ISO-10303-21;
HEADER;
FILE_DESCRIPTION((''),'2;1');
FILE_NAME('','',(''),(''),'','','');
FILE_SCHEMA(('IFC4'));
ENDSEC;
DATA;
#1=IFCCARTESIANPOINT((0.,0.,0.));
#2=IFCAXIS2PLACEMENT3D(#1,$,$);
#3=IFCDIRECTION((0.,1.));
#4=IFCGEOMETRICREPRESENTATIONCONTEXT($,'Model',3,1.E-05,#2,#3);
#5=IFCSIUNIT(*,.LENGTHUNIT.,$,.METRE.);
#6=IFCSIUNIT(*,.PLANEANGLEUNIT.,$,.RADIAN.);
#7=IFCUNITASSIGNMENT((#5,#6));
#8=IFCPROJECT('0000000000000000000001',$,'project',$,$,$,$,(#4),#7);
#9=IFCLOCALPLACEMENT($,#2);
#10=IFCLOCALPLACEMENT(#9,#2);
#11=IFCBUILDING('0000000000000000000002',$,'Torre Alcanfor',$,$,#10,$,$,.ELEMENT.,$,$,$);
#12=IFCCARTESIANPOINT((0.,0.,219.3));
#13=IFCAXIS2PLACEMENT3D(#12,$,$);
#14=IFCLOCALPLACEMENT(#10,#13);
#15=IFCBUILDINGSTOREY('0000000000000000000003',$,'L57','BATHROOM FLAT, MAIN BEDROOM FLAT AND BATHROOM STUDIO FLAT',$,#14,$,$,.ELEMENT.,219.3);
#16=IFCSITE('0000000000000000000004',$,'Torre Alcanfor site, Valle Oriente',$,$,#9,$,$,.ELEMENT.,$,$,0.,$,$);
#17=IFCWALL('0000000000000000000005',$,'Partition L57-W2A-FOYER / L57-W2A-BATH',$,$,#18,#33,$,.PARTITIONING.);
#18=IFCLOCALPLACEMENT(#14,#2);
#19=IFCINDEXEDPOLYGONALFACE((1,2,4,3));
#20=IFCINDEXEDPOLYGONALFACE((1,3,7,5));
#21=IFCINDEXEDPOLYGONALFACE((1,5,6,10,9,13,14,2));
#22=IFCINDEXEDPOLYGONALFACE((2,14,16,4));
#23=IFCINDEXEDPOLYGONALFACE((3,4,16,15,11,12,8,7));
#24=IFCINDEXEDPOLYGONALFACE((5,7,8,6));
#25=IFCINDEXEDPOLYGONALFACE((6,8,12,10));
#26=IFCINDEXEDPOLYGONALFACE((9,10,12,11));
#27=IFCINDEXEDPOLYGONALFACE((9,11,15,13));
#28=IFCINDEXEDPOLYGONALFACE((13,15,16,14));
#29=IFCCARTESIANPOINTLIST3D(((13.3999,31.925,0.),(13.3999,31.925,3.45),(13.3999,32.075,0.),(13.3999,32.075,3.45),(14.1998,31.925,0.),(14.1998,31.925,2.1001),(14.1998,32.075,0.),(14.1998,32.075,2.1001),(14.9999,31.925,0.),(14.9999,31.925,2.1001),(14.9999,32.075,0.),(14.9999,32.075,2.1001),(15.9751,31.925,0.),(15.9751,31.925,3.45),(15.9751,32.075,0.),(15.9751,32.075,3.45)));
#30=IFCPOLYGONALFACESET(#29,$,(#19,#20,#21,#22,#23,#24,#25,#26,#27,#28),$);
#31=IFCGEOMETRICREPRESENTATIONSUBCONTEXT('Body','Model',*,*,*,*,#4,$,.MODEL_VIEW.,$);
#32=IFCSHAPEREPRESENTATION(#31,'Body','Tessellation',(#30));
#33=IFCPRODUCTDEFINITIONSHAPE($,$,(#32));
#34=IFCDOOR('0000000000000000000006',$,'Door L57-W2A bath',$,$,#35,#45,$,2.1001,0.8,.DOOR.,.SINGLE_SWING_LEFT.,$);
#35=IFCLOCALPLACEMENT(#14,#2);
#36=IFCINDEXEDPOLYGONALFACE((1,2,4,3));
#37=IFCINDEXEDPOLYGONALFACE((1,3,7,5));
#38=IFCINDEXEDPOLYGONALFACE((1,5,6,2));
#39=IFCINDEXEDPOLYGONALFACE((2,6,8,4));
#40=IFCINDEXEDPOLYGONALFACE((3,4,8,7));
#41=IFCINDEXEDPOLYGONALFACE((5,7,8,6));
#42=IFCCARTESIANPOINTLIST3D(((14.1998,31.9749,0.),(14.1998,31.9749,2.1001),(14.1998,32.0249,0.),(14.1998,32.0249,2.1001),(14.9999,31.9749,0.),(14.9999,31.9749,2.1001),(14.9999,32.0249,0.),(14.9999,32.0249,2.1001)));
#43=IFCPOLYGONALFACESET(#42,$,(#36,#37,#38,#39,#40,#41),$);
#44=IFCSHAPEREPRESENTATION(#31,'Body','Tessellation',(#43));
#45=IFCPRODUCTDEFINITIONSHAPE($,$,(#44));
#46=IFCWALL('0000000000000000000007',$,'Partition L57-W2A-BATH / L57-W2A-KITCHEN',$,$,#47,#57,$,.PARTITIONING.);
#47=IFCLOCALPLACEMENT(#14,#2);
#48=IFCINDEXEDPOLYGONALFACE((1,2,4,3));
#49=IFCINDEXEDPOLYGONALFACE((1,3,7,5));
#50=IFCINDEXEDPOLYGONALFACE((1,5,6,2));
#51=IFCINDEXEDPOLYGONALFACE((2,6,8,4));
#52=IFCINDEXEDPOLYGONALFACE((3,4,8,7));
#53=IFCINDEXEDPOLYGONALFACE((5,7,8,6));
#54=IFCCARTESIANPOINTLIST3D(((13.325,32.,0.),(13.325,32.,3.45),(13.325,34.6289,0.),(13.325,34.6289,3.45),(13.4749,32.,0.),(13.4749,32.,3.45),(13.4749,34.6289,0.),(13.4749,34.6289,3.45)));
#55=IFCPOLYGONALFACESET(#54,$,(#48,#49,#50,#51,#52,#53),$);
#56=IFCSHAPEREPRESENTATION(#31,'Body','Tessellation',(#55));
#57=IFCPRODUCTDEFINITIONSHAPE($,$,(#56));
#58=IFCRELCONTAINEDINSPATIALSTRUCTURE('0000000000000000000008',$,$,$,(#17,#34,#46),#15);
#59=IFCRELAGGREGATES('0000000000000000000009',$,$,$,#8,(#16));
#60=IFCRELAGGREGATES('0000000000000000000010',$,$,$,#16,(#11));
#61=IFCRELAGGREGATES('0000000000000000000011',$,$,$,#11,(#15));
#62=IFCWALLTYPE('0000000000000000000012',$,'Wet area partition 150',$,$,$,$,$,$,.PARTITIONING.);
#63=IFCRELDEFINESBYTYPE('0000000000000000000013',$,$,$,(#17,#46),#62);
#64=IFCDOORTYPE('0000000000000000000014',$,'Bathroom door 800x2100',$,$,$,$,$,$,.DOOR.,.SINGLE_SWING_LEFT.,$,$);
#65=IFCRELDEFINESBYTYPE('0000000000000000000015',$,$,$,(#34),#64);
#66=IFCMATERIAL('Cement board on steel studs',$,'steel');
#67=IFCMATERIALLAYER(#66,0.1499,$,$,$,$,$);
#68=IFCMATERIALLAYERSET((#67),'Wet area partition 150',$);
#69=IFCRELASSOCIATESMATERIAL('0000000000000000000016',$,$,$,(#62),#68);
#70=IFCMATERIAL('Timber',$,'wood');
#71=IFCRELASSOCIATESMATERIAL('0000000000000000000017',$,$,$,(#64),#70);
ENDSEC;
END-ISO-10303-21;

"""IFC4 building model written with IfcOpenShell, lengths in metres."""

from ifc_helpers import new_model, si_unit, direction, frame, frame_2d, origin, place, context, subcontext, project, spatial, rectangle, extrude, material, layer, layer_set, type_object, element, fill, save


model = new_model("IFC4")

# Units and contexts
model_context = context("Model", 3, precision=1e-05, world=origin(), true_north=direction((0.0, 1.0)))
body_context = subcontext(model_context, "Body", "Model", "MODEL_VIEW")
ifc_project = project(units=[si_unit("LENGTHUNIT", "METRE"), si_unit("PLANEANGLEUNIT", "RADIAN")], contexts=[model_context])

# Site, building, storey
site_placement = place(None, origin())
site = spatial("IfcSite", under=ifc_project, at=site_placement, Name="Torre Alcanfor site, Valle Oriente", CompositionType="ELEMENT", RefElevation=0.0)
building_placement = place(site_placement, origin())
building = spatial("IfcBuilding", under=site, at=building_placement, Name="Torre Alcanfor", CompositionType="ELEMENT")
storey_placement = place(building_placement, frame((0.0, 0.0, 219.3)))
storey = spatial("IfcBuildingStorey", under=building, at=storey_placement, Name="L57", Description="BATHROOM FLAT, MAIN BEDROOM FLAT AND BATHROOM STUDIO FLAT", CompositionType="ELEMENT", Elevation=219.3)

# Wall, opening, door
ifc_material_1 = material(Name="Cement board on steel studs", Category="steel")
ifc_layer_1 = layer(ifc_material_1, 0.1499)
ifc_layer_set_1 = layer_set([ifc_layer_1], Name="Wet area partition 150")
wall_type_1 = type_object("IfcWallType", Name="Wet area partition 150", PredefinedType="PARTITIONING", material=ifc_layer_set_1)
wall_1_placement = place(storey_placement, frame((13.3999, 32.0, 0.0), z_axis=(0.0, 0.0, 1.0), x_axis=(1.0, 0.0, 0.0)))
wall_1 = element("IfcWall", 1, at=wall_1_placement, inside=storey, type_object=wall_type_1, Name="Partition L57-W2A-FOYER / L57-W2A-BATH", PredefinedType="PARTITIONING", context=body_context, shape_type="SweptSolid", body=[
    extrude(rectangle(XDim=2.5752, YDim=0.1499, at=frame_2d((1.2876, 0.0))), origin(), (0.0, 0.0, 1.0), 3.45),
])
opening_1_placement = place(wall_1_placement, frame((0.8, 0.0, 0.0)))
opening_1 = element("IfcOpeningElement", 2, at=opening_1_placement, cuts=wall_1, PredefinedType="OPENING", context=body_context, shape_type="SweptSolid", body=[
    extrude(rectangle(XDim=0.8, YDim=2.1001, at=frame_2d((0.3999, 1.05))), frame((0.0, 0.085, 0.0), z_axis=(0.0, -1.0, 0.0), x_axis=(1.0, 0.0, 0.0)), (0.0, 0.0, 1.0), 0.1699),
])
ifc_material_2 = material(Name="Timber", Category="wood")
door_type_1 = type_object("IfcDoorType", Name="Bathroom door 800x2100", OperationType="SINGLE_SWING_LEFT", PredefinedType="DOOR", material=ifc_material_2)
door_1_placement = place(opening_1_placement, origin())
door_1 = element("IfcDoor", 3, at=door_1_placement, inside=storey, type_object=door_type_1, Name="Door L57-W2A bath", OperationType="SINGLE_SWING_LEFT", OverallHeight=2.1001, OverallWidth=0.8, PredefinedType="DOOR", context=body_context, shape_type="SweptSolid", body=[
    extrude(rectangle(XDim=0.8, YDim=2.1001, at=frame_2d((0.3999, 1.05))), frame((0.0, 0.0249, 0.0), z_axis=(0.0, -1.0, 0.0), x_axis=(1.0, 0.0, 0.0)), (0.0, 0.0, 1.0), 0.05),
])
fill(opening_1, door_1)

# Wall
wall_2_placement = place(storey_placement, frame((13.3999, 32.0, 0.0), z_axis=(0.0, 0.0, 1.0), x_axis=(0.0, 1.0, 0.0)))
element("IfcWall", 4, at=wall_2_placement, inside=storey, type_object=wall_type_1, Name="Partition L57-W2A-BATH / L57-W2A-KITCHEN", PredefinedType="PARTITIONING", context=body_context, shape_type="SweptSolid", body=[
    extrude(rectangle(XDim=2.6289, YDim=0.1499, at=frame_2d((1.3145, 0.0))), origin(), (0.0, 0.0, 1.0), 3.45),
])

save(model, "model.ifc")
